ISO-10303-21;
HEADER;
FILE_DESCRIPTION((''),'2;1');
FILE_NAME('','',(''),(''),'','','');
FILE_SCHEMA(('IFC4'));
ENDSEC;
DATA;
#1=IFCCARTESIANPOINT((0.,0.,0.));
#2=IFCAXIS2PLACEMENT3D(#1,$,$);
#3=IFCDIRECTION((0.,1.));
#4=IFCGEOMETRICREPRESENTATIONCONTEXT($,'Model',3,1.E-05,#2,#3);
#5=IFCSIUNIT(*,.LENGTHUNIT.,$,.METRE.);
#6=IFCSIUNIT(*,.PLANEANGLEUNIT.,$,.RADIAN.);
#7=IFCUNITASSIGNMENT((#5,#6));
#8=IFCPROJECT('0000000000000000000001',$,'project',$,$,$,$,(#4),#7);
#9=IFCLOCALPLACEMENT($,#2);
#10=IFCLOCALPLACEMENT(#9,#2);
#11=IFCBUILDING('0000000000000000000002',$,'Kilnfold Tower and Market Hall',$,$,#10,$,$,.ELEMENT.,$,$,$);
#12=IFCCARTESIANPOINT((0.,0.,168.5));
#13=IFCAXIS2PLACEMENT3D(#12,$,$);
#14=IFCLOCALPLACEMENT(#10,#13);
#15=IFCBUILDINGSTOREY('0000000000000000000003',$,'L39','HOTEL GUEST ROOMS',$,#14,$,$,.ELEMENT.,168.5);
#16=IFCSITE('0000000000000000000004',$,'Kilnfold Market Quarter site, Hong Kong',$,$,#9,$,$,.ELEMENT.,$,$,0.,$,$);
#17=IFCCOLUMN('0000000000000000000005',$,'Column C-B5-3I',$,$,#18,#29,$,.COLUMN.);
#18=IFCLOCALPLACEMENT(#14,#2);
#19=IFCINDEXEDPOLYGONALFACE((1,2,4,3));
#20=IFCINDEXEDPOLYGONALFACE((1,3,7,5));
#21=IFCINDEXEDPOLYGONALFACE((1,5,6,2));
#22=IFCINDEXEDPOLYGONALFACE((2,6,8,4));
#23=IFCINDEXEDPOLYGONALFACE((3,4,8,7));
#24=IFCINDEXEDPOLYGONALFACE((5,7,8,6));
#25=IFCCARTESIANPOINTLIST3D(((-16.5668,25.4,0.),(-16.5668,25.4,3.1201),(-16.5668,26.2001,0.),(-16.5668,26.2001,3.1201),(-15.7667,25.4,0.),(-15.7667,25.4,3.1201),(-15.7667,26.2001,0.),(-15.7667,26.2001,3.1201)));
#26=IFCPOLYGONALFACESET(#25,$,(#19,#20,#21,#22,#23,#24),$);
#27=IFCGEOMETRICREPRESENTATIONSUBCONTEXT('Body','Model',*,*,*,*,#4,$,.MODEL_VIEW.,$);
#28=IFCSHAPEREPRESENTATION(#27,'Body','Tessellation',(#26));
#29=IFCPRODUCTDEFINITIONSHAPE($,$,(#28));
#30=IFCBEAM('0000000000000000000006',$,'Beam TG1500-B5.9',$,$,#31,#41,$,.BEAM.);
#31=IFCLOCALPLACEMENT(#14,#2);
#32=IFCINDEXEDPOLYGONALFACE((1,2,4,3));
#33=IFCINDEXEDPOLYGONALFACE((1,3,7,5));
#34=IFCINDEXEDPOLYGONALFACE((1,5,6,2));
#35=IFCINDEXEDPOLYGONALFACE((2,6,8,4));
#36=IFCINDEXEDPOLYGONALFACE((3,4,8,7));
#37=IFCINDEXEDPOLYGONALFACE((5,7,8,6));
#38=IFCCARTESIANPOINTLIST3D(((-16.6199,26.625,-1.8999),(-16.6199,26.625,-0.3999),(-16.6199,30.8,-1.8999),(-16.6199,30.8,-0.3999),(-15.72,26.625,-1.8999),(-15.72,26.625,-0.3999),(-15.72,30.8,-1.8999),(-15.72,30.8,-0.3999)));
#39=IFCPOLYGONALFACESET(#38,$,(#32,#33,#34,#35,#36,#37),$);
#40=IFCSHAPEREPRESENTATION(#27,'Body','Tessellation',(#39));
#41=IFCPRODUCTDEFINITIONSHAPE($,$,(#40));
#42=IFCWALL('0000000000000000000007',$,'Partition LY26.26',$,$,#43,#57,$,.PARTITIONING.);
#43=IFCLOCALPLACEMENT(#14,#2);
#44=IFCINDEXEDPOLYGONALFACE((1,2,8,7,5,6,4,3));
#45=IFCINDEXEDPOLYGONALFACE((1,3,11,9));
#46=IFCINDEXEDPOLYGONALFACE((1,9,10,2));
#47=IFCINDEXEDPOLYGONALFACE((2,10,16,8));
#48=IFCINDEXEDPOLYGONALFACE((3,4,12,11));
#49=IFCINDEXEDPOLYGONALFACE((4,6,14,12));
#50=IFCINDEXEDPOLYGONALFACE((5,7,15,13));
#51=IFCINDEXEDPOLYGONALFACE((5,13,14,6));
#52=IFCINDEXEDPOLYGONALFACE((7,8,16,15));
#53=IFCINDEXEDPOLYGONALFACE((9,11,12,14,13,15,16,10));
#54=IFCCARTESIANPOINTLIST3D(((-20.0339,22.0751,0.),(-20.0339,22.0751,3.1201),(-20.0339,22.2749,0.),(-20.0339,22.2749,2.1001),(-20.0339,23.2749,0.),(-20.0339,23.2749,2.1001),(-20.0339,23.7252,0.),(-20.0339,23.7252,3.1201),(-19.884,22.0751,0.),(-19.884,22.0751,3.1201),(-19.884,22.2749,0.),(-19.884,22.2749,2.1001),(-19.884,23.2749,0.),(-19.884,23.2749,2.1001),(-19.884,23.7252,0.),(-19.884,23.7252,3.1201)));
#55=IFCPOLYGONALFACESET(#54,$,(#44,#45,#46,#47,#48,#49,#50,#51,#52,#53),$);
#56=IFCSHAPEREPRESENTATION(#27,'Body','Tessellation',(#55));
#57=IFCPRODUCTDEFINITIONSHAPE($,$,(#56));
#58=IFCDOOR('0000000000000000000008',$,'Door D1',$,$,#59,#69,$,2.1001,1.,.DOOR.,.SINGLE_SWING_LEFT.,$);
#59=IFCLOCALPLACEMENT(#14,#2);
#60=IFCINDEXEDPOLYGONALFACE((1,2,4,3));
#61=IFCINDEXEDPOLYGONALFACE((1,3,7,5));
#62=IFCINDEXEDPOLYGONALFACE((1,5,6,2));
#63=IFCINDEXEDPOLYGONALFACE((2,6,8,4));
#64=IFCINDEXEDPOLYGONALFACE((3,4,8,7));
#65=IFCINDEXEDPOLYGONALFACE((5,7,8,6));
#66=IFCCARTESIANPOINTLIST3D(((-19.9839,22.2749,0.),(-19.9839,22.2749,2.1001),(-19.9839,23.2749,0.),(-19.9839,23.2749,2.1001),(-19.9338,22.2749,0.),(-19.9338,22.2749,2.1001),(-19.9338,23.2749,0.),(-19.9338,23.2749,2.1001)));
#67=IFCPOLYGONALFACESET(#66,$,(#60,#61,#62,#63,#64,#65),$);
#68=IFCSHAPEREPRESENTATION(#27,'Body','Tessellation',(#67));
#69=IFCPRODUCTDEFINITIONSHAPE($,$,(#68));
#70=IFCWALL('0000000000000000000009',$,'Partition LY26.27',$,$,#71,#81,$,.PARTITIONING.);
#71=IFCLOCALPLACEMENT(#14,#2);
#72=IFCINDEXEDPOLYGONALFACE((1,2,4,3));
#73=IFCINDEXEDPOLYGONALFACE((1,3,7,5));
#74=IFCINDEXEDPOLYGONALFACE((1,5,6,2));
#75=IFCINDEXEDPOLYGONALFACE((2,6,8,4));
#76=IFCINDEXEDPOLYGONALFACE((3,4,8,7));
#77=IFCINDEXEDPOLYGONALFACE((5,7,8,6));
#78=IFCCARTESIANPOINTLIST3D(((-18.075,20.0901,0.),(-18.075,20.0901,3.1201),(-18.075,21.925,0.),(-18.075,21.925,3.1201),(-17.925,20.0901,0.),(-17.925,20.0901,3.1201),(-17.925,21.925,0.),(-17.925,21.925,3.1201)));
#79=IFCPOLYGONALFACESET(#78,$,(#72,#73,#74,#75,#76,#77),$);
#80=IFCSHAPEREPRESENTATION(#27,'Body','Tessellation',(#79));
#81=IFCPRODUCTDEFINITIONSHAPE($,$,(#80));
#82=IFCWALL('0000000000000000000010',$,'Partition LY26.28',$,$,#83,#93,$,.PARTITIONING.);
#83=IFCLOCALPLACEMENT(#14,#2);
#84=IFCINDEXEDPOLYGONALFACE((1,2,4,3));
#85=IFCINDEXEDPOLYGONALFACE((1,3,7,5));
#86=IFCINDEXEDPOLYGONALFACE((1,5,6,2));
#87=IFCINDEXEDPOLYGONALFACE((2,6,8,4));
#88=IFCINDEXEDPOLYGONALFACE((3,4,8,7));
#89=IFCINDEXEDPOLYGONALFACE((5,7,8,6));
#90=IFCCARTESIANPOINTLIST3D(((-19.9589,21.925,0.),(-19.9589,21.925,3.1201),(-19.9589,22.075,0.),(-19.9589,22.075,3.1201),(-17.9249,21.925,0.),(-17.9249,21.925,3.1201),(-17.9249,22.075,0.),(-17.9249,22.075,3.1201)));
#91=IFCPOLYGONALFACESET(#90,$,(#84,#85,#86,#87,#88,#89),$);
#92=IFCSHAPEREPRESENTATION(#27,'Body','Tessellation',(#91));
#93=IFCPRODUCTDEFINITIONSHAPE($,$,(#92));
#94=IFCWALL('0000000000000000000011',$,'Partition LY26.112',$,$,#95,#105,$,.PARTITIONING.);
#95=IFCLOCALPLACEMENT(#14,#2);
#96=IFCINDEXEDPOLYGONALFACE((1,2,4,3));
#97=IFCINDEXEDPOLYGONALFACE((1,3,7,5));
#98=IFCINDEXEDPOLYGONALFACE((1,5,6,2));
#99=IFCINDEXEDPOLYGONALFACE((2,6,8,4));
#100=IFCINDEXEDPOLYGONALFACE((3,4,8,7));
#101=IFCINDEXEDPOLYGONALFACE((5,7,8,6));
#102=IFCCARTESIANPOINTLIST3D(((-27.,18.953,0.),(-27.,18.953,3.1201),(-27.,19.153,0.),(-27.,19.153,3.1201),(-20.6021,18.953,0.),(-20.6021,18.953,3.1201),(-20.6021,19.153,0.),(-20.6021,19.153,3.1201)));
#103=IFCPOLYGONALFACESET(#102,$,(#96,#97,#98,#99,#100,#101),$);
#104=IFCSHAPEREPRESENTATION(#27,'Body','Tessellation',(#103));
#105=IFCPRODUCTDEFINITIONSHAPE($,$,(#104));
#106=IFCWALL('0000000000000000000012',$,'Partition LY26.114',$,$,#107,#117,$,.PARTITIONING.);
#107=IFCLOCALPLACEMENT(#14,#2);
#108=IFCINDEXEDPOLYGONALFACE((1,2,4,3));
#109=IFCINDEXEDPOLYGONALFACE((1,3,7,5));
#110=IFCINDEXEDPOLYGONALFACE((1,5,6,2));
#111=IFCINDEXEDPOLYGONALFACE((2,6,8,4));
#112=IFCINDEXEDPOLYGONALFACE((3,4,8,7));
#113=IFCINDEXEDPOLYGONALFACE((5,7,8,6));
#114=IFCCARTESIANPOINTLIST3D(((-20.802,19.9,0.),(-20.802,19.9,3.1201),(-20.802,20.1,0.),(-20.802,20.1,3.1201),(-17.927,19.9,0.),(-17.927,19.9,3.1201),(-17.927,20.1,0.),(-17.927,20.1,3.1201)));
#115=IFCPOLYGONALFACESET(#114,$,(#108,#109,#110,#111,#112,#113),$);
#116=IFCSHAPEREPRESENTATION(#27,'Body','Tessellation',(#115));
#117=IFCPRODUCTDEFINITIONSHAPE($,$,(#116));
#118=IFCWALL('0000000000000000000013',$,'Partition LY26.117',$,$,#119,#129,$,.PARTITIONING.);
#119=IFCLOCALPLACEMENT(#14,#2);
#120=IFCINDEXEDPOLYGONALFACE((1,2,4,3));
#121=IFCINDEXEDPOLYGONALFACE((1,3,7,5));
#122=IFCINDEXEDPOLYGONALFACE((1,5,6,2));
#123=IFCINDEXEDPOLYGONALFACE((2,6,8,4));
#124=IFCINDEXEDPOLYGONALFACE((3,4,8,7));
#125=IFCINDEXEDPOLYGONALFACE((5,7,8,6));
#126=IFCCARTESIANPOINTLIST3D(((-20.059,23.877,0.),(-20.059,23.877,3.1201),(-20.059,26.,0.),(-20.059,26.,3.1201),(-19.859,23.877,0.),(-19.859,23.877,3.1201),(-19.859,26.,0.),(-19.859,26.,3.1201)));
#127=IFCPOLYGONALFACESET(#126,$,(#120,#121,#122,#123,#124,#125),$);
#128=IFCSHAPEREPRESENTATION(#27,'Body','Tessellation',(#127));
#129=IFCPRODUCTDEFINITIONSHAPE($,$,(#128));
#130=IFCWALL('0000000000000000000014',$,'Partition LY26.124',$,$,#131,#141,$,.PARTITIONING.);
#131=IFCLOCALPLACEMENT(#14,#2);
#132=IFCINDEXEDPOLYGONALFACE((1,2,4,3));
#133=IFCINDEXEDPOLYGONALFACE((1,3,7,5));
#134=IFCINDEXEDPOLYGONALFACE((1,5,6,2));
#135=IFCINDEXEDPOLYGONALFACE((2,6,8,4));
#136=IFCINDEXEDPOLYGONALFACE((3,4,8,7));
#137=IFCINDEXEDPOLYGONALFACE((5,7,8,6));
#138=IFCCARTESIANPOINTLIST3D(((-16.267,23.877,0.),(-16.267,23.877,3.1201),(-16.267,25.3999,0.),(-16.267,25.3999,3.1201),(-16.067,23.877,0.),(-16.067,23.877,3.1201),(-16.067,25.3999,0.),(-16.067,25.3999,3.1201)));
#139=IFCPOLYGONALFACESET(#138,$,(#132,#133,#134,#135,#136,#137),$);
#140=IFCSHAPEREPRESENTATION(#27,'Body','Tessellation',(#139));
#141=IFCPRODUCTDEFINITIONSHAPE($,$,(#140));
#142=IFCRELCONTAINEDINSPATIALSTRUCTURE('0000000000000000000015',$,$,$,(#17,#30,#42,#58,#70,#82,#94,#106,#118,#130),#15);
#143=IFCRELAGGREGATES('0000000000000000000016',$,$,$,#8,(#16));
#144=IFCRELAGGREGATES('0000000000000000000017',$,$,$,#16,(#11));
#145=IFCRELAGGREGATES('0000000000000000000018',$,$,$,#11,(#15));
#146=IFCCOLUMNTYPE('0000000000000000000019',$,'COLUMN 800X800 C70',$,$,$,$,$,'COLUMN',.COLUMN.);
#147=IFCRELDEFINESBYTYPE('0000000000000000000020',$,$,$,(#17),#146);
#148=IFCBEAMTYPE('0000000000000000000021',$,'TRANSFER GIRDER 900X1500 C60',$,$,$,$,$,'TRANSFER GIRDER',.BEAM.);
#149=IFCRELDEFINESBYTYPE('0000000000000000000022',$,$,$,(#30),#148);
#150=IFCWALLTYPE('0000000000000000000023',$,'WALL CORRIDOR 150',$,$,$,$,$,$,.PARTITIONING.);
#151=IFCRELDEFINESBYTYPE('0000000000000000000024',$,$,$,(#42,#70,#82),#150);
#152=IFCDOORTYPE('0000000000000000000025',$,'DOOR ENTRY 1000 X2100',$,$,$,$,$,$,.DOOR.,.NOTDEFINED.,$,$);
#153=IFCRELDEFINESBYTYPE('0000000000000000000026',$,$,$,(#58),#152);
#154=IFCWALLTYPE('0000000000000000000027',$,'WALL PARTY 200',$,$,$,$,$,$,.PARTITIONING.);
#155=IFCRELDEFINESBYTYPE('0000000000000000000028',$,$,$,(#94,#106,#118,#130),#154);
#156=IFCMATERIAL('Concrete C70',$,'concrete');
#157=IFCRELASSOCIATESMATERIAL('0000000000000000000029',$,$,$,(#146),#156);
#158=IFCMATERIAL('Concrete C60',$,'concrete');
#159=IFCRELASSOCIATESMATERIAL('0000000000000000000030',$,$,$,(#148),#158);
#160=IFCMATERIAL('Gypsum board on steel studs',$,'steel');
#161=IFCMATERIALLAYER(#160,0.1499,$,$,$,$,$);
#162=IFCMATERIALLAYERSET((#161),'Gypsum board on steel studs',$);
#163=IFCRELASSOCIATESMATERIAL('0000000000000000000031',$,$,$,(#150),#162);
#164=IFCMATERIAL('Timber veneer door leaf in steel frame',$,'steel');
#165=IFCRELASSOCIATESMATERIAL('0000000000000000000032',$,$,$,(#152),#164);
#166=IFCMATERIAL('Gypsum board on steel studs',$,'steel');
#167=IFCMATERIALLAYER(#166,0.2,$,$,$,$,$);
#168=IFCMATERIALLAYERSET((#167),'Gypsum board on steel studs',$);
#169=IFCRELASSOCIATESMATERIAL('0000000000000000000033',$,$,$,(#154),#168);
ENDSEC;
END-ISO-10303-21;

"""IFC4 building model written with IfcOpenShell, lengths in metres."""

from ifc_helpers import new_model, si_unit, direction, frame, frame_2d, origin, origin_2d, place, context, subcontext, project, spatial, rectangle, extrude, source, transform, mapped, material, layer, layer_set, material_profile, profile_set, type_object, element, fill, save


model = new_model("IFC4")

# Units and contexts
model_context = context("Model", 3, precision=1e-05, world=origin(), true_north=direction((0.0, 1.0)))
body_context = subcontext(model_context, "Body", "Model", "MODEL_VIEW")
ifc_project = project(units=[si_unit("LENGTHUNIT", "METRE"), si_unit("PLANEANGLEUNIT", "RADIAN")], contexts=[model_context])

# Site, building, storey
site_placement = place(None, origin())
site = spatial("IfcSite", under=ifc_project, at=site_placement, Name="Kilnfold Market Quarter site, Hong Kong", CompositionType="ELEMENT", RefElevation=0.0)
building_placement = place(site_placement, origin())
building = spatial("IfcBuilding", under=site, at=building_placement, Name="Kilnfold Tower and Market Hall", CompositionType="ELEMENT")
storey_placement = place(building_placement, frame((0.0, 0.0, 168.5)))
storey = spatial("IfcBuildingStorey", under=building, at=storey_placement, Name="L39", Description="HOTEL GUEST ROOMS", CompositionType="ELEMENT", Elevation=168.5)

# Column
ifc_material_1 = material(Name="Concrete C70", Category="concrete")
ifc_material_profile_1 = material_profile(ifc_material_1, rectangle(XDim=0.8, YDim=0.8, at=origin_2d()), Name="RC 800x800")
ifc_profile_set_1 = profile_set([ifc_material_profile_1], Name="Concrete C70")
column_type = type_object("IfcColumnType", Name="COLUMN 800X800 C70", ElementType="COLUMN", PredefinedType="COLUMN", material=ifc_profile_set_1)
shared_shape_1 = source(origin(), body_context, "Body", "SweptSolid", [
    extrude(rectangle(XDim=0.8, YDim=0.8, at=origin_2d()), origin(), (0.0, 0.0, 1.0), 3.1201),
])
column_placement = place(storey_placement, frame((-16.1667, 25.8, 0.0), z_axis=(0.0, 0.0, 1.0), x_axis=(1.0, 0.0, 0.0)))
element("IfcColumn", 1, at=column_placement, inside=storey, type_object=column_type, Name="Column C-B5-3I", PredefinedType="COLUMN", context=body_context, shape_type="MappedRepresentation", body=[
    mapped(shared_shape_1, transform((0.0, 0.0, 0.0))),
])

# Beam
ifc_material_2 = material(Name="Concrete C60", Category="concrete")
ifc_material_profile_2 = material_profile(ifc_material_2, rectangle(XDim=0.8999, YDim=1.5, at=origin_2d()), Name="RC 900x1500")
ifc_profile_set_2 = profile_set([ifc_material_profile_2], Name="Concrete C60")
beam_type = type_object("IfcBeamType", Name="TRANSFER GIRDER 900X1500 C60", ElementType="TRANSFER GIRDER", PredefinedType="BEAM", material=ifc_profile_set_2)
shared_shape_2 = source(origin(), body_context, "Body", "SweptSolid", [
    extrude(rectangle(XDim=0.8999, YDim=1.5, at=origin_2d()), origin(), (0.0, 0.0, 1.0), 4.175),
])
beam_placement = place(storey_placement, frame((-16.1699, 26.625, -1.1499), z_axis=(0.0, 1.0, 0.0), x_axis=(-1.0, 0.0, 0.0)))
element("IfcBeam", 2, at=beam_placement, inside=storey, type_object=beam_type, Name="Beam TG1500-B5.9", PredefinedType="BEAM", context=body_context, shape_type="MappedRepresentation", body=[
    mapped(shared_shape_2, transform((0.0, 0.0, 0.0))),
])

# Wall, opening, door
ifc_material_3 = material(Name="Gypsum board on steel studs", Category="steel")
ifc_layer_1 = layer(ifc_material_3, 0.1499)
ifc_layer_set_1 = layer_set([ifc_layer_1], Name="Gypsum board on steel studs")
wall_type_1 = type_object("IfcWallType", Name="WALL CORRIDOR 150", PredefinedType="PARTITIONING", material=ifc_layer_set_1)
wall_1_placement = place(storey_placement, frame((-19.959, 22.075, 0.0), z_axis=(0.0, 0.0, 1.0), x_axis=(0.0, 1.0, 0.0)))
wall_1 = element("IfcWall", 3, at=wall_1_placement, inside=storey, type_object=wall_type_1, Name="Partition LY26.26", PredefinedType="PARTITIONING", context=body_context, shape_type="SweptSolid", body=[
    extrude(rectangle(XDim=1.6501, YDim=0.1499, at=frame_2d((0.8252, 0.0))), origin(), (0.0, 0.0, 1.0), 3.1201),
])
opening_1_placement = place(wall_1_placement, frame((0.2, 0.0, 0.0)))
opening_1 = element("IfcOpeningElement", 4, at=opening_1_placement, cuts=wall_1, PredefinedType="OPENING", context=body_context, shape_type="SweptSolid", body=[
    extrude(rectangle(XDim=1.0, YDim=2.1001, at=frame_2d((0.5, 1.05))), frame((0.0, 0.085, 0.0), z_axis=(0.0, -1.0, 0.0), x_axis=(1.0, 0.0, 0.0)), (0.0, 0.0, 1.0), 0.1699),
])
ifc_material_4 = material(Name="Timber veneer door leaf in steel frame", Category="steel")
door_type_1 = type_object("IfcDoorType", Name="DOOR ENTRY 1000 X2100", OperationType="NOTDEFINED", PredefinedType="DOOR", material=ifc_material_4)
door_1_placement = place(opening_1_placement, origin())
door_1 = element("IfcDoor", 5, at=door_1_placement, inside=storey, type_object=door_type_1, Name="Door D1", OperationType="SINGLE_SWING_LEFT", OverallHeight=2.1001, OverallWidth=1.0, PredefinedType="DOOR", context=body_context, shape_type="SweptSolid", body=[
    extrude(rectangle(XDim=1.0, YDim=2.1001, at=frame_2d((0.5, 1.05))), frame((0.0, 0.0249, 0.0), z_axis=(0.0, -1.0, 0.0), x_axis=(1.0, 0.0, 0.0)), (0.0, 0.0, 1.0), 0.05),
])
fill(opening_1, door_1)

# Walls
wall_2_placement = place(storey_placement, frame((-18.0, 20.0901, 0.0), z_axis=(0.0, 0.0, 1.0), x_axis=(0.0, 1.0, 0.0)))
element("IfcWall", 6, at=wall_2_placement, inside=storey, type_object=wall_type_1, Name="Partition LY26.27", PredefinedType="PARTITIONING", context=body_context, shape_type="SweptSolid", body=[
    extrude(rectangle(XDim=1.835, YDim=0.1499, at=frame_2d((0.9175, 0.0))), origin(), (0.0, 0.0, 1.0), 3.1201),
])
wall_3_placement = place(storey_placement, frame((-19.959, 22.0, 0.0), z_axis=(0.0, 0.0, 1.0), x_axis=(1.0, 0.0, 0.0)))
element("IfcWall", 7, at=wall_3_placement, inside=storey, type_object=wall_type_1, Name="Partition LY26.28", PredefinedType="PARTITIONING", context=body_context, shape_type="SweptSolid", body=[
    extrude(rectangle(XDim=2.0339, YDim=0.1499, at=frame_2d((1.0171, 0.0))), origin(), (0.0, 0.0, 1.0), 3.1201),
])

# Walls
ifc_material_5 = material(Name="Gypsum board on steel studs", Category="steel")
ifc_layer_2 = layer(ifc_material_5, 0.2)
ifc_layer_set_2 = layer_set([ifc_layer_2], Name="Gypsum board on steel studs")
wall_type_2 = type_object("IfcWallType", Name="WALL PARTY 200", PredefinedType="PARTITIONING", material=ifc_layer_set_2)
wall_4_placement = place(storey_placement, frame((-20.6021, 19.053, 0.0), z_axis=(0.0, 0.0, 1.0), x_axis=(-1.0, 0.0, 0.0)))
element("IfcWall", 8, at=wall_4_placement, inside=storey, type_object=wall_type_2, Name="Partition LY26.112", PredefinedType="PARTITIONING", context=body_context, shape_type="SweptSolid", body=[
    extrude(rectangle(XDim=6.3979, YDim=0.2, at=frame_2d((3.199, 0.0))), origin(), (0.0, 0.0, 1.0), 3.1201),
])
wall_5_placement = place(storey_placement, frame((-17.927, 20.0, 0.0), z_axis=(0.0, 0.0, 1.0), x_axis=(-1.0, 0.0, 0.0)))
element("IfcWall", 9, at=wall_5_placement, inside=storey, type_object=wall_type_2, Name="Partition LY26.114", PredefinedType="PARTITIONING", context=body_context, shape_type="SweptSolid", body=[
    extrude(rectangle(XDim=2.875, YDim=0.2, at=frame_2d((1.4375, 0.0))), origin(), (0.0, 0.0, 1.0), 3.1201),
])
wall_6_placement = place(storey_placement, frame((-19.959, 23.877, 0.0), z_axis=(0.0, 0.0, 1.0), x_axis=(0.0, 1.0, 0.0)))
element("IfcWall", 10, at=wall_6_placement, inside=storey, type_object=wall_type_2, Name="Partition LY26.117", PredefinedType="PARTITIONING", context=body_context, shape_type="SweptSolid", body=[
    extrude(rectangle(XDim=2.123, YDim=0.2, at=frame_2d((1.0615, 0.0))), origin(), (0.0, 0.0, 1.0), 3.1201),
])
wall_7_placement = place(storey_placement, frame((-16.167, 23.877, 0.0), z_axis=(0.0, 0.0, 1.0), x_axis=(0.0, 1.0, 0.0)))
element("IfcWall", 11, at=wall_7_placement, inside=storey, type_object=wall_type_2, Name="Partition LY26.124", PredefinedType="PARTITIONING", context=body_context, shape_type="SweptSolid", body=[
    extrude(rectangle(XDim=1.5229, YDim=0.2, at=frame_2d((0.7615, 0.0))), origin(), (0.0, 0.0, 1.0), 3.1201),
])

save(model, "model.ifc")
